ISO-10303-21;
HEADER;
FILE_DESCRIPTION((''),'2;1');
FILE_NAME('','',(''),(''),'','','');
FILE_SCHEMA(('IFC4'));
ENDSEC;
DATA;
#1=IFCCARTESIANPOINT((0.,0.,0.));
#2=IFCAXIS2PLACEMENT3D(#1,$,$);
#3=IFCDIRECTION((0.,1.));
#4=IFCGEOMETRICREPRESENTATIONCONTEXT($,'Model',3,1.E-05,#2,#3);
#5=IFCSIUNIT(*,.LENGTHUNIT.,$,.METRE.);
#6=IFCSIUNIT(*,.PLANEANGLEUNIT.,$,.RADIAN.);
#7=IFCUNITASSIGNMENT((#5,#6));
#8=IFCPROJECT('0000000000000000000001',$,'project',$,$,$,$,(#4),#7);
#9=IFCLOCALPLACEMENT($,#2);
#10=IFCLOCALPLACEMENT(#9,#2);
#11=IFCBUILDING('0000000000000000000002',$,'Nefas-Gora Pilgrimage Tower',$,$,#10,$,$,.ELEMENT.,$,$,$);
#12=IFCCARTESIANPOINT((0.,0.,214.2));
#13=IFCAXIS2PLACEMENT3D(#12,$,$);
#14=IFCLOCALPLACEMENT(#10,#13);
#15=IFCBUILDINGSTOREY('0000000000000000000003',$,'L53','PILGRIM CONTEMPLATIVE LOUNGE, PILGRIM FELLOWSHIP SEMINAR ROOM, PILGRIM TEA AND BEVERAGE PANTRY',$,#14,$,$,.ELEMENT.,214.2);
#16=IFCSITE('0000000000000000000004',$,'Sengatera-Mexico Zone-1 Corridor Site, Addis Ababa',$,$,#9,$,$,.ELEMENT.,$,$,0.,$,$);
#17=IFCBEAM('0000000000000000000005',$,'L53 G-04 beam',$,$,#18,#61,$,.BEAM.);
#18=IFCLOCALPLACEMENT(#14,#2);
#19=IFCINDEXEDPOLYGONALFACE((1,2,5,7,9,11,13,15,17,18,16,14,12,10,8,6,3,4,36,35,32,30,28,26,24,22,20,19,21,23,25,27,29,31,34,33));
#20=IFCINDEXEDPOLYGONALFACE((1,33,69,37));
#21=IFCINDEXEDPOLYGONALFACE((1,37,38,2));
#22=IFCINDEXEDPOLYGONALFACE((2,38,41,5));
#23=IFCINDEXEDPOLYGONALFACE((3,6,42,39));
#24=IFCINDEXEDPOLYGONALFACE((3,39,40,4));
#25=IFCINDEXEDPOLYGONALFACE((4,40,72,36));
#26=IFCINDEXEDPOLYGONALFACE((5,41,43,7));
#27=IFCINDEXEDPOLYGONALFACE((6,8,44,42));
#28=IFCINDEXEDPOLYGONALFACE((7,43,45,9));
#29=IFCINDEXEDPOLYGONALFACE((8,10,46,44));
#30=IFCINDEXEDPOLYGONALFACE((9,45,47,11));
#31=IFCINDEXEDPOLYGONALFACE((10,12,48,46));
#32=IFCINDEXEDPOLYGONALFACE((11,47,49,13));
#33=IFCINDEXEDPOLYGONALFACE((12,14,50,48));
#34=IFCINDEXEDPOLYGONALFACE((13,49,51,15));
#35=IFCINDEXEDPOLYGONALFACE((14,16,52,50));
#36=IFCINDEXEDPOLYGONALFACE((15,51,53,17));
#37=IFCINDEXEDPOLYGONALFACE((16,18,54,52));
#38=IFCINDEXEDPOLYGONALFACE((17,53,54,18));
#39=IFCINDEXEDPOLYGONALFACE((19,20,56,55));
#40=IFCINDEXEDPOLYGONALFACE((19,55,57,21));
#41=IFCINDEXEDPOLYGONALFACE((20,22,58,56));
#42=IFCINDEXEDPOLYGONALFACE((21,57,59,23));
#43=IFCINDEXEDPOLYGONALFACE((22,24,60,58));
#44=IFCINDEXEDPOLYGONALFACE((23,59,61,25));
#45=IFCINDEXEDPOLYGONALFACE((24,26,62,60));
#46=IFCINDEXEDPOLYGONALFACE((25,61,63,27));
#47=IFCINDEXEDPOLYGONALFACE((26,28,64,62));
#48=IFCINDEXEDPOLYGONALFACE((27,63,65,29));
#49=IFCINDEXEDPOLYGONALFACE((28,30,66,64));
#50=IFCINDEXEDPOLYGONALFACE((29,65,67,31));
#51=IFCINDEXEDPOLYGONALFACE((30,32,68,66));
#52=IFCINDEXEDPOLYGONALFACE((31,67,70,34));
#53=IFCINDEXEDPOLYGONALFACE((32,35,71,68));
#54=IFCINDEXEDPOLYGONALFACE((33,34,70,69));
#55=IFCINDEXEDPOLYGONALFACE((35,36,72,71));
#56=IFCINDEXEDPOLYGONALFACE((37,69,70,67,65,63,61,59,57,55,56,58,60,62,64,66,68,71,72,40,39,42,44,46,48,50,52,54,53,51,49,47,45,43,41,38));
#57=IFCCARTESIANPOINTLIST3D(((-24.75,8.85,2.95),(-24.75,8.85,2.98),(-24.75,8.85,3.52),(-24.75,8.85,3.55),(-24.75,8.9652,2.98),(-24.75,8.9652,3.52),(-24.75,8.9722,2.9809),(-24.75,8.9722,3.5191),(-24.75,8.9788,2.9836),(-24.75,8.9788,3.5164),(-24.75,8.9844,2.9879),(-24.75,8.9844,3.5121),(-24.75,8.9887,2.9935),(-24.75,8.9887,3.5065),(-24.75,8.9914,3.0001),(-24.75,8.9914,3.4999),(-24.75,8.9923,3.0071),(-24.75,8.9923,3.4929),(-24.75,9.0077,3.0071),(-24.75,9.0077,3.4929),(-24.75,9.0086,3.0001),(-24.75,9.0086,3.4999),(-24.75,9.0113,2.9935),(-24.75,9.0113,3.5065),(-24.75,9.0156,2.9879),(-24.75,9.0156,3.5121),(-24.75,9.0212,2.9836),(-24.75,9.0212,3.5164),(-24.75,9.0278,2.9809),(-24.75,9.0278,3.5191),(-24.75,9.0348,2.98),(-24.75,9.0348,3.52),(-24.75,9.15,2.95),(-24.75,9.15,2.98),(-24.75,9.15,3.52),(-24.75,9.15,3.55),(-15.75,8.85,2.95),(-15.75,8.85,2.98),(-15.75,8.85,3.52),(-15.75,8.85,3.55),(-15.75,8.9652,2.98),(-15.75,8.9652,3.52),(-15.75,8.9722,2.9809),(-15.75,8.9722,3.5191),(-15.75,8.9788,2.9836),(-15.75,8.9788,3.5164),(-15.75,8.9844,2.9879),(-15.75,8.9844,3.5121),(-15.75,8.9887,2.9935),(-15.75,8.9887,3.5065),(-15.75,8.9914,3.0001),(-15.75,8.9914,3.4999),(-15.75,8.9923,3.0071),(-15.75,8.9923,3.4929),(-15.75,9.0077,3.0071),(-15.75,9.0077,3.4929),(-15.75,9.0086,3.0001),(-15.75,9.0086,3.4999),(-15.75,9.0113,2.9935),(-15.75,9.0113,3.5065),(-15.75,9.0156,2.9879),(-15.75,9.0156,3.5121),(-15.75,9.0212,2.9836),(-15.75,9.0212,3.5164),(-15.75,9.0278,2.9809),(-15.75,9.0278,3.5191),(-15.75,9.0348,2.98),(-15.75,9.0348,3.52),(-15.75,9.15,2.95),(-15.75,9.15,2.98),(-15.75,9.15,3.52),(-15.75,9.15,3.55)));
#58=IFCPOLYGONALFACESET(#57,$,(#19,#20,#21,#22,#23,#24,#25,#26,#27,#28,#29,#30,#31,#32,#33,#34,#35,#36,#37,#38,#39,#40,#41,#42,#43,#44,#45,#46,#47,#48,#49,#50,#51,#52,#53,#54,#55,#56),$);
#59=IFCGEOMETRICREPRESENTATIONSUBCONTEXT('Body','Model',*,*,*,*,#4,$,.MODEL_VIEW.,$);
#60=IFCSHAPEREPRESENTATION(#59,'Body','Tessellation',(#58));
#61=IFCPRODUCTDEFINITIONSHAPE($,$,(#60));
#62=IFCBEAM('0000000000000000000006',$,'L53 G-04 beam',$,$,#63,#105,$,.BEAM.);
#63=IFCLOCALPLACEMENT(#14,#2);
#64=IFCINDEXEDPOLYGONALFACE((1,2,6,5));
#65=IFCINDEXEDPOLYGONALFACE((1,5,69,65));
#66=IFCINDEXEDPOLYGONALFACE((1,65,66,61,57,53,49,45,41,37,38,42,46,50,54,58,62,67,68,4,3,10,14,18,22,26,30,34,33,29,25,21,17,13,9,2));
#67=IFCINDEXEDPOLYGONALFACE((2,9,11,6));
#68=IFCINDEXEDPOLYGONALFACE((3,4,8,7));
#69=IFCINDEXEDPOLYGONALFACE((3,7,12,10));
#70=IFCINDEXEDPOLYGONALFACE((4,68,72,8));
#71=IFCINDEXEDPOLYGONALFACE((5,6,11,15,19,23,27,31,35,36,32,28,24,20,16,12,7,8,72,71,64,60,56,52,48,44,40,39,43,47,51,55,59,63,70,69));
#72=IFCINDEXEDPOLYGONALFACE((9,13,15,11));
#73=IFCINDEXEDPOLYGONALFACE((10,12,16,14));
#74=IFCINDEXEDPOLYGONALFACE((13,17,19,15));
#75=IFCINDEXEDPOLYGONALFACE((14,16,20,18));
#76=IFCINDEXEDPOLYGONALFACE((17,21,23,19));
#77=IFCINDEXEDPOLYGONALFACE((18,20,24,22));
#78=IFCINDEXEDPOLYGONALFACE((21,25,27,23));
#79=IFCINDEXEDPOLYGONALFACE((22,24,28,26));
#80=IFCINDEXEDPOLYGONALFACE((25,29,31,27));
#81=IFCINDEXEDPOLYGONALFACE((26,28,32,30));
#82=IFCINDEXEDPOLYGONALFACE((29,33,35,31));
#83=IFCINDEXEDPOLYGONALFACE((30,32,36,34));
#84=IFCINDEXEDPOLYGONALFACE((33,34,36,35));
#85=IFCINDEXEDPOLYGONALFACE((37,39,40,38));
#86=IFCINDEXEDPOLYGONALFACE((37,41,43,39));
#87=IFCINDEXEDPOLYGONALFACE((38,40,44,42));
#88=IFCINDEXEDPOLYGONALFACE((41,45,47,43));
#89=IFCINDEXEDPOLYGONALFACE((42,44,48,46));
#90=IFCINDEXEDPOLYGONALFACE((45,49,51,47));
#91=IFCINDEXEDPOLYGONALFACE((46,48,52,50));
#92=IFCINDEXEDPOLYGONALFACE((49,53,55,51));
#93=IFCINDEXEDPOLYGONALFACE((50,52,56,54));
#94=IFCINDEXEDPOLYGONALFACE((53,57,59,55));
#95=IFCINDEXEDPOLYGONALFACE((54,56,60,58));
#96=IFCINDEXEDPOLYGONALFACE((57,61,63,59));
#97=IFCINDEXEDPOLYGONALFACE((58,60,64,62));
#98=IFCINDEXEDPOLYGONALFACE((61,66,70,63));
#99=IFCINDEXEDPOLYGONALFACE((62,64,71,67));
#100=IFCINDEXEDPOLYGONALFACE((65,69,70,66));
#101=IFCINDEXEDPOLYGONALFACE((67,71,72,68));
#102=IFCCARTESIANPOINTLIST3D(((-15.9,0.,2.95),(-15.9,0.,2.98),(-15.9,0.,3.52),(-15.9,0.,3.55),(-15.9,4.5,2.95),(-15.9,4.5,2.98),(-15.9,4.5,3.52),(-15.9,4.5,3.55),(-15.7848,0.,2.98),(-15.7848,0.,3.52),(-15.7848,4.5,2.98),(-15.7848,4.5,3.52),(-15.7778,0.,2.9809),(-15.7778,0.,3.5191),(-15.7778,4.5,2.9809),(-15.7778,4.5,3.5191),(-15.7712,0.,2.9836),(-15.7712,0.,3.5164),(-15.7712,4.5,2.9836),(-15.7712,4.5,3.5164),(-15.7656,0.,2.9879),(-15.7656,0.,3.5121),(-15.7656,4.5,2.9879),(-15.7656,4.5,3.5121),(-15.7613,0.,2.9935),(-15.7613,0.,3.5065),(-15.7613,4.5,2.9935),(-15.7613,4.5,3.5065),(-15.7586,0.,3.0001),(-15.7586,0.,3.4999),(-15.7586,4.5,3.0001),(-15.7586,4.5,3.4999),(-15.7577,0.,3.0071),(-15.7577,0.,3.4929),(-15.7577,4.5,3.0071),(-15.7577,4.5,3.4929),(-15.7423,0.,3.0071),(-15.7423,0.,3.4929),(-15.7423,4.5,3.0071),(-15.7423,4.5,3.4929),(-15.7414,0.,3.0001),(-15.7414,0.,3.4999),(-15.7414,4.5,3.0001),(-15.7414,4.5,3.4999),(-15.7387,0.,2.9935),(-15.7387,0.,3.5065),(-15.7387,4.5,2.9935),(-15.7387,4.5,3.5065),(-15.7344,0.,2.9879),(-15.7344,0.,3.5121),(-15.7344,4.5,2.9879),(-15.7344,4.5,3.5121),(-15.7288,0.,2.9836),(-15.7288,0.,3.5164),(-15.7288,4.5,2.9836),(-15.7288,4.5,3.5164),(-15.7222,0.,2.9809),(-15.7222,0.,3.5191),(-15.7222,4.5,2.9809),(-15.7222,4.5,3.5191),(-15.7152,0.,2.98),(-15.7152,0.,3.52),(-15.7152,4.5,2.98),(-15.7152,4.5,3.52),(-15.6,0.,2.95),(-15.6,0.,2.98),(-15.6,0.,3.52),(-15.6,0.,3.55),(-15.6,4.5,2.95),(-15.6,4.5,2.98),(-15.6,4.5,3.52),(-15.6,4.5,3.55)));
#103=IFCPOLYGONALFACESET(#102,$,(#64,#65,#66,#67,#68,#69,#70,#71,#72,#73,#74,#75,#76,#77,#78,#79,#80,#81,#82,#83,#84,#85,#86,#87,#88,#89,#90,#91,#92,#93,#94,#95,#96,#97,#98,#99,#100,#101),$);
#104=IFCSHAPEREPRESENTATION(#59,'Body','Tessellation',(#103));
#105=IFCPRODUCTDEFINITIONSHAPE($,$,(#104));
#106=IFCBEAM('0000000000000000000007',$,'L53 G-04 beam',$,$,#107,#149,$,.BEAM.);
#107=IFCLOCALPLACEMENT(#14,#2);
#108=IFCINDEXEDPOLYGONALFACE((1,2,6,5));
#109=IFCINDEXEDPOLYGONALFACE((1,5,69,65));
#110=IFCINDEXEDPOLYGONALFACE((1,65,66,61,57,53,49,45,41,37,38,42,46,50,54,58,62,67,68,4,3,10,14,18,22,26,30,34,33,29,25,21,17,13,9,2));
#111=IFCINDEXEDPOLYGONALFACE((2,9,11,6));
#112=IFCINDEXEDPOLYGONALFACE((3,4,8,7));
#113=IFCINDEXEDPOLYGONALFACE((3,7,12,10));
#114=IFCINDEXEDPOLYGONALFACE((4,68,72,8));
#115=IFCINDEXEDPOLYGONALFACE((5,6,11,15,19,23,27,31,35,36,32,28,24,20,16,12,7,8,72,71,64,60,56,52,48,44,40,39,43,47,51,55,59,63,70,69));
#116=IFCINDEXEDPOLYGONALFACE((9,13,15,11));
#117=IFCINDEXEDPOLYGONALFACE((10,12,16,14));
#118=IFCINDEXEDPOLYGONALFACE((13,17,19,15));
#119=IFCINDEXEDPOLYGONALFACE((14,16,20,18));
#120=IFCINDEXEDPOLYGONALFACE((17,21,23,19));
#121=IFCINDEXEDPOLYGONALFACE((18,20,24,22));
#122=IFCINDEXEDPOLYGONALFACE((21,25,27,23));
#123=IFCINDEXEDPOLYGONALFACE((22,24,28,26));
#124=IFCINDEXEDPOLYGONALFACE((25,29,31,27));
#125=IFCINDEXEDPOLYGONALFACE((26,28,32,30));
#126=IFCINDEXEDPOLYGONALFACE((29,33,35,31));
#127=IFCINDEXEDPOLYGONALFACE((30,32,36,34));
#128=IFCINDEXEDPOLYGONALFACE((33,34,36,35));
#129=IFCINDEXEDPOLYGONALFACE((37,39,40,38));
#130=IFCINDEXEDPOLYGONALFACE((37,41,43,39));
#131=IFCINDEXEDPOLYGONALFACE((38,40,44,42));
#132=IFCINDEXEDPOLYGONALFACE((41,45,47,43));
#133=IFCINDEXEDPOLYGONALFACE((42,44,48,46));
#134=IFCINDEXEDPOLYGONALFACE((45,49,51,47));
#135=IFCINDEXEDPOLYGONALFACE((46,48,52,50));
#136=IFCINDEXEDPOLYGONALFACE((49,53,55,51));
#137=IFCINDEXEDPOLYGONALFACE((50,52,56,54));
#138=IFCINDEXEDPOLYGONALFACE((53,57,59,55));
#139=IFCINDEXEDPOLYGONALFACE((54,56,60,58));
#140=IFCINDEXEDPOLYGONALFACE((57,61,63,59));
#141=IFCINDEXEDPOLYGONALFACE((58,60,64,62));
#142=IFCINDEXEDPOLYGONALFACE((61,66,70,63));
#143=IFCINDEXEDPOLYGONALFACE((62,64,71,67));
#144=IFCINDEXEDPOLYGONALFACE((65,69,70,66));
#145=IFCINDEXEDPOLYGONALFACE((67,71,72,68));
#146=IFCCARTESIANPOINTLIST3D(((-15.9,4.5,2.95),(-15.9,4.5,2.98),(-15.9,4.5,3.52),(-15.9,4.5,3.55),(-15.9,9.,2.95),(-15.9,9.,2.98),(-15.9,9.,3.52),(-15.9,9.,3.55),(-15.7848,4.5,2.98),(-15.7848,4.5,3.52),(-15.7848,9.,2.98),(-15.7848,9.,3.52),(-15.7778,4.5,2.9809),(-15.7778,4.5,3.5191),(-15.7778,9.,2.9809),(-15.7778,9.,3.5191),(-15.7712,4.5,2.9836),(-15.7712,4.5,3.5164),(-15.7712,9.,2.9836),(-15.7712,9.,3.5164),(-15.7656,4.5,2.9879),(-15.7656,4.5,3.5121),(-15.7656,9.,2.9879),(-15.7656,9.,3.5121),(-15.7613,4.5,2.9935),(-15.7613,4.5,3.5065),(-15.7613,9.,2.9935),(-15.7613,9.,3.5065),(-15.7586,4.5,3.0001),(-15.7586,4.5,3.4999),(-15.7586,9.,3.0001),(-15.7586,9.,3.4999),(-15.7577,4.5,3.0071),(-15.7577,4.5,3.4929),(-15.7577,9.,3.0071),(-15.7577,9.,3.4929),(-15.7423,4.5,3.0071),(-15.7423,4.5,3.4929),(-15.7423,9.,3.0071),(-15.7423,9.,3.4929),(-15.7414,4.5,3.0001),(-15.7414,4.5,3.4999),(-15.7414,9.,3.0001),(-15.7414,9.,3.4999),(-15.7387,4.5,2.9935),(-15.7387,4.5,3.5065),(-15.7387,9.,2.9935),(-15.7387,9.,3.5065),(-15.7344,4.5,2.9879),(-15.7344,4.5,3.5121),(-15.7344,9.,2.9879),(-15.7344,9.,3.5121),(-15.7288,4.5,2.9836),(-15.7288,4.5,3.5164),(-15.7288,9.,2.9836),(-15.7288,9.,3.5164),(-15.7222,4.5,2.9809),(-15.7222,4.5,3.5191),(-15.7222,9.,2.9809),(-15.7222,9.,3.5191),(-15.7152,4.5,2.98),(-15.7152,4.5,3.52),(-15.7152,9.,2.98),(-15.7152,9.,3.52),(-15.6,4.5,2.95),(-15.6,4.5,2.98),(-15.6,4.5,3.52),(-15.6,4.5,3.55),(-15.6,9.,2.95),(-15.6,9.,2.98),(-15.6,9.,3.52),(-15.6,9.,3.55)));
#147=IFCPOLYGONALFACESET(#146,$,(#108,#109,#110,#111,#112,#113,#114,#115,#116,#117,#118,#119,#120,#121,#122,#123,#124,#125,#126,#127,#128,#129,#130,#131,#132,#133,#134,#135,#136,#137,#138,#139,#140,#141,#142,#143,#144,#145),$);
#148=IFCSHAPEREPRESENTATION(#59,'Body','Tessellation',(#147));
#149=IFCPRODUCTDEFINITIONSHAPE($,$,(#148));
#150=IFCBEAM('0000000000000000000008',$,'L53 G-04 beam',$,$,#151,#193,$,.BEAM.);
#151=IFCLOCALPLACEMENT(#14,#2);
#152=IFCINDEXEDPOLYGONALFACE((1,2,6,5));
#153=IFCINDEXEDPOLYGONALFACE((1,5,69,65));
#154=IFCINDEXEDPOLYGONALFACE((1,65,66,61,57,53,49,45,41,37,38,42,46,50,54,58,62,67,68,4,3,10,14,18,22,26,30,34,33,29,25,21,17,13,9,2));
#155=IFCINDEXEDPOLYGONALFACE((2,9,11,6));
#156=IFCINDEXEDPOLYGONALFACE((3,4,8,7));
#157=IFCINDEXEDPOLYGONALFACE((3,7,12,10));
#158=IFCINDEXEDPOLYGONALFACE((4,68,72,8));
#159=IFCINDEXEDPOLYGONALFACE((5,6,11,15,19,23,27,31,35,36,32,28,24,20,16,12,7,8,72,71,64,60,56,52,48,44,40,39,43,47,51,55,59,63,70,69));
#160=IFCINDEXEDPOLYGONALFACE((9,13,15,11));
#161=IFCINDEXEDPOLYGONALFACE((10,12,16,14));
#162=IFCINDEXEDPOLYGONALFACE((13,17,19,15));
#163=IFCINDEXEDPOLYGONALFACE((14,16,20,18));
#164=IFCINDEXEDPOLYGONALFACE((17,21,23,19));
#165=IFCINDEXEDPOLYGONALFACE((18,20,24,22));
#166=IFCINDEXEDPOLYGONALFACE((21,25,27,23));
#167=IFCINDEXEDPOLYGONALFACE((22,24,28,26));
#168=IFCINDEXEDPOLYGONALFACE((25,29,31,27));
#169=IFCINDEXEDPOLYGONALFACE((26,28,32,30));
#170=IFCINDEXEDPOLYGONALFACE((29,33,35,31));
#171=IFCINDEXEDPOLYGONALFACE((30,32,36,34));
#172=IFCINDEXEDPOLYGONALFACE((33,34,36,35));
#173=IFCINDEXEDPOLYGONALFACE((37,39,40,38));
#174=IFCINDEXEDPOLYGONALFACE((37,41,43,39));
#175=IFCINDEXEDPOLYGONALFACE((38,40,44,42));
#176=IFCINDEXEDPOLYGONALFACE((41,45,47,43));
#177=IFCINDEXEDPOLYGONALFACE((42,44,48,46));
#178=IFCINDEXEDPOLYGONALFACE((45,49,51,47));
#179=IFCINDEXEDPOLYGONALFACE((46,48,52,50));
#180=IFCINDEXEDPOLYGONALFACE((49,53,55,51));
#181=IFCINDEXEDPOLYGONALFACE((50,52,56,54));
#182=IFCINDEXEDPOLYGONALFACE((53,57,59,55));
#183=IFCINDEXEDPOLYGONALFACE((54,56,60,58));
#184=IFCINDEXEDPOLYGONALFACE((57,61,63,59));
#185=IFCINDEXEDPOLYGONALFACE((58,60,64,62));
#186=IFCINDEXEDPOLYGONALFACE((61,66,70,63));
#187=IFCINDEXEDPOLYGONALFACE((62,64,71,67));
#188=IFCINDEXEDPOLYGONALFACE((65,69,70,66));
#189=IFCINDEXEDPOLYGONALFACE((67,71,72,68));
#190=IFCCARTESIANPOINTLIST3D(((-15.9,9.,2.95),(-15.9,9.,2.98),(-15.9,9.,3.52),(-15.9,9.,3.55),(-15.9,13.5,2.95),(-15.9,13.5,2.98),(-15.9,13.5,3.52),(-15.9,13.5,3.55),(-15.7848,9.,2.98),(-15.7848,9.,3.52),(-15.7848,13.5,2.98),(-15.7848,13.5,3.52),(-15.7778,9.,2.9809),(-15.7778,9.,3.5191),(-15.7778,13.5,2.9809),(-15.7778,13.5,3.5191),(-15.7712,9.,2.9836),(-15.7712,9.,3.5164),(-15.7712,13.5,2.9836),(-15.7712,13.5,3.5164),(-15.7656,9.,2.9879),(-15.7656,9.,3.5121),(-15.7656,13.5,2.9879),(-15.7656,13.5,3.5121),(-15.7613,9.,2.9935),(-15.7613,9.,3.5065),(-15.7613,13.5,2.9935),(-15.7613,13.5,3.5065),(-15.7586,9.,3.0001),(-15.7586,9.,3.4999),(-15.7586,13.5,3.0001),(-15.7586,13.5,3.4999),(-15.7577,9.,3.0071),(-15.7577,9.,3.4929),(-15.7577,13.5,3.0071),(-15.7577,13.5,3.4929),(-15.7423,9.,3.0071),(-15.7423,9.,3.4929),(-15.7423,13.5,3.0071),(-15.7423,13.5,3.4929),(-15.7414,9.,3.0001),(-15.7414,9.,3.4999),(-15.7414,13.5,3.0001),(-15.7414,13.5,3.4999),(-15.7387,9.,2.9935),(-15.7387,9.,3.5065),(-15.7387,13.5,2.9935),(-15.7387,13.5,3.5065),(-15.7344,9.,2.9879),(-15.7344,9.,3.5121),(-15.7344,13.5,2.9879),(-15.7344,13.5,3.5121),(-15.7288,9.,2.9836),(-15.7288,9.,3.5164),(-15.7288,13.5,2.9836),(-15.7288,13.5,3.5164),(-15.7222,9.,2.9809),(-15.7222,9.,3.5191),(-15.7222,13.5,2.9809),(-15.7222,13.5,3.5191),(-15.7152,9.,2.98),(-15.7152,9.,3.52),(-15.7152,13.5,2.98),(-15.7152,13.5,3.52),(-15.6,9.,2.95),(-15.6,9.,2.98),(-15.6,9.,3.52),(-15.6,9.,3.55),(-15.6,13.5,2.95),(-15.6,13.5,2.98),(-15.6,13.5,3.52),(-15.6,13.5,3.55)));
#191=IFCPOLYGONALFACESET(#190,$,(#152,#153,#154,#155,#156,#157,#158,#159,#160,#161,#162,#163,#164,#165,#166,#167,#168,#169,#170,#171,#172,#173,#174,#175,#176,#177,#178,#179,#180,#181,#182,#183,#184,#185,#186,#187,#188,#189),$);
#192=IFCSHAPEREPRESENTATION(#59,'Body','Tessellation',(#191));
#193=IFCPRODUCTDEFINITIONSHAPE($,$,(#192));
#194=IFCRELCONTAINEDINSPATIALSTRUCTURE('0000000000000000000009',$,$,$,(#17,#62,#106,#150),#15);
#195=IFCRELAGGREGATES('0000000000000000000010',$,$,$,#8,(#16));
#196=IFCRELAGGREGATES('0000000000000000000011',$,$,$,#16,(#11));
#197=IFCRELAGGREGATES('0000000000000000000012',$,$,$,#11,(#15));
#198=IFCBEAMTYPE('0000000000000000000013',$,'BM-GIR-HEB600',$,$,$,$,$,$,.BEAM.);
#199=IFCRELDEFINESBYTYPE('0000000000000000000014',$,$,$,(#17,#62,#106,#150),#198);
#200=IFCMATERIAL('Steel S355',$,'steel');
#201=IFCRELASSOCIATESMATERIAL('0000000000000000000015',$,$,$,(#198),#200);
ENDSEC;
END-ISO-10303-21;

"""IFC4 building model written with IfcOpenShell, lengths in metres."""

from ifc_helpers import new_model, si_unit, direction, frame, origin, origin_2d, place, context, subcontext, project, spatial, i_section, extrude, source, transform, mapped, material, material_profile, profile_set, type_object, element, save


model = new_model("IFC4")

# Units and contexts
model_context = context("Model", 3, precision=1e-05, world=origin(), true_north=direction((0.0, 1.0)))
body_context = subcontext(model_context, "Body", "Model", "MODEL_VIEW")
ifc_project = project(units=[si_unit("LENGTHUNIT", "METRE"), si_unit("PLANEANGLEUNIT", "RADIAN")], contexts=[model_context])

# Site, building, storey
site_placement = place(None, origin())
site = spatial("IfcSite", under=ifc_project, at=site_placement, Name="Sengatera-Mexico Zone-1 Corridor Site, Addis Ababa", CompositionType="ELEMENT", RefElevation=0.0)
building_placement = place(site_placement, origin())
building = spatial("IfcBuilding", under=site, at=building_placement, Name="Nefas-Gora Pilgrimage Tower", CompositionType="ELEMENT")
storey_placement = place(building_placement, frame((0.0, 0.0, 214.2)))
storey = spatial("IfcBuildingStorey", under=building, at=storey_placement, Name="L53", Description="PILGRIM CONTEMPLATIVE LOUNGE, PILGRIM FELLOWSHIP SEMINAR ROOM, PILGRIM TEA AND BEVERAGE PANTRY", CompositionType="ELEMENT", Elevation=214.2)

# Beams
ifc_material_1 = material(Name="Steel S355", Category="steel")
ifc_material_profile_1 = material_profile(ifc_material_1, i_section(OverallWidth=0.3, OverallDepth=0.6001, WebThickness=0.0154, FlangeThickness=0.03, FilletRadius=0.0271, at=origin_2d()), Name="HEB 600")
ifc_profile_set_1 = profile_set([ifc_material_profile_1], Name="Steel S355")
beam_type_1 = type_object("IfcBeamType", Name="BM-GIR-HEB600", PredefinedType="BEAM", material=ifc_profile_set_1)
shared_shape_1 = source(origin(), body_context, "Body", "SweptSolid", [
    extrude(i_section(OverallWidth=0.3, OverallDepth=0.6001, WebThickness=0.0154, FlangeThickness=0.03, FilletRadius=0.0271, at=origin_2d()), origin(), (0.0, 0.0, 1.0), 9.0),
])
for number, where, z_axis, x_axis, name in (
    (1, (-24.75, 9.0, 3.25), (1.0, 0.0, 0.0), (0.0, 1.0, 0.0), "L53 G-04 beam"),
):
    element("IfcBeam", number, at=place(storey_placement, frame(where, z_axis=z_axis, x_axis=x_axis)), inside=storey, type_object=beam_type_1, Name=name, PredefinedType="BEAM", context=body_context, shape_type="MappedRepresentation", body=[
        mapped(shared_shape_1, transform((0.0, 0.0, 0.0), x_axis=(1.0, 0.0, 0.0), y_axis=(0.0, 1.0, 0.0), z_axis=(0.0, 0.0, 1.0), scale=1.0)),
    ])
shared_shape_2 = source(origin(), body_context, "Body", "SweptSolid", [
    extrude(i_section(OverallWidth=0.3, OverallDepth=0.6001, WebThickness=0.0154, FlangeThickness=0.03, FilletRadius=0.0271, at=origin_2d()), origin(), (0.0, 0.0, 1.0), 4.5),
])
for number, where, z_axis, x_axis, name in (
    (2, (-15.75, 0.0, 3.25), (0.0, 1.0, 0.0), (-1.0, 0.0, 0.0), "L53 G-04 beam"),
    (3, (-15.75, 4.5, 3.25), (0.0, 1.0, 0.0), (-1.0, 0.0, 0.0), "L53 G-04 beam"),
    (4, (-15.75, 9.0, 3.25), (0.0, 1.0, 0.0), (-1.0, 0.0, 0.0), "L53 G-04 beam"),
):
    element("IfcBeam", number, at=place(storey_placement, frame(where, z_axis=z_axis, x_axis=x_axis)), inside=storey, type_object=beam_type_1, Name=name, PredefinedType="BEAM", context=body_context, shape_type="MappedRepresentation", body=[
        mapped(shared_shape_2, transform((0.0, 0.0, 0.0), x_axis=(1.0, 0.0, 0.0), y_axis=(0.0, 1.0, 0.0), z_axis=(0.0, 0.0, 1.0), scale=1.0)),
    ])

save(model, "model.ifc")
